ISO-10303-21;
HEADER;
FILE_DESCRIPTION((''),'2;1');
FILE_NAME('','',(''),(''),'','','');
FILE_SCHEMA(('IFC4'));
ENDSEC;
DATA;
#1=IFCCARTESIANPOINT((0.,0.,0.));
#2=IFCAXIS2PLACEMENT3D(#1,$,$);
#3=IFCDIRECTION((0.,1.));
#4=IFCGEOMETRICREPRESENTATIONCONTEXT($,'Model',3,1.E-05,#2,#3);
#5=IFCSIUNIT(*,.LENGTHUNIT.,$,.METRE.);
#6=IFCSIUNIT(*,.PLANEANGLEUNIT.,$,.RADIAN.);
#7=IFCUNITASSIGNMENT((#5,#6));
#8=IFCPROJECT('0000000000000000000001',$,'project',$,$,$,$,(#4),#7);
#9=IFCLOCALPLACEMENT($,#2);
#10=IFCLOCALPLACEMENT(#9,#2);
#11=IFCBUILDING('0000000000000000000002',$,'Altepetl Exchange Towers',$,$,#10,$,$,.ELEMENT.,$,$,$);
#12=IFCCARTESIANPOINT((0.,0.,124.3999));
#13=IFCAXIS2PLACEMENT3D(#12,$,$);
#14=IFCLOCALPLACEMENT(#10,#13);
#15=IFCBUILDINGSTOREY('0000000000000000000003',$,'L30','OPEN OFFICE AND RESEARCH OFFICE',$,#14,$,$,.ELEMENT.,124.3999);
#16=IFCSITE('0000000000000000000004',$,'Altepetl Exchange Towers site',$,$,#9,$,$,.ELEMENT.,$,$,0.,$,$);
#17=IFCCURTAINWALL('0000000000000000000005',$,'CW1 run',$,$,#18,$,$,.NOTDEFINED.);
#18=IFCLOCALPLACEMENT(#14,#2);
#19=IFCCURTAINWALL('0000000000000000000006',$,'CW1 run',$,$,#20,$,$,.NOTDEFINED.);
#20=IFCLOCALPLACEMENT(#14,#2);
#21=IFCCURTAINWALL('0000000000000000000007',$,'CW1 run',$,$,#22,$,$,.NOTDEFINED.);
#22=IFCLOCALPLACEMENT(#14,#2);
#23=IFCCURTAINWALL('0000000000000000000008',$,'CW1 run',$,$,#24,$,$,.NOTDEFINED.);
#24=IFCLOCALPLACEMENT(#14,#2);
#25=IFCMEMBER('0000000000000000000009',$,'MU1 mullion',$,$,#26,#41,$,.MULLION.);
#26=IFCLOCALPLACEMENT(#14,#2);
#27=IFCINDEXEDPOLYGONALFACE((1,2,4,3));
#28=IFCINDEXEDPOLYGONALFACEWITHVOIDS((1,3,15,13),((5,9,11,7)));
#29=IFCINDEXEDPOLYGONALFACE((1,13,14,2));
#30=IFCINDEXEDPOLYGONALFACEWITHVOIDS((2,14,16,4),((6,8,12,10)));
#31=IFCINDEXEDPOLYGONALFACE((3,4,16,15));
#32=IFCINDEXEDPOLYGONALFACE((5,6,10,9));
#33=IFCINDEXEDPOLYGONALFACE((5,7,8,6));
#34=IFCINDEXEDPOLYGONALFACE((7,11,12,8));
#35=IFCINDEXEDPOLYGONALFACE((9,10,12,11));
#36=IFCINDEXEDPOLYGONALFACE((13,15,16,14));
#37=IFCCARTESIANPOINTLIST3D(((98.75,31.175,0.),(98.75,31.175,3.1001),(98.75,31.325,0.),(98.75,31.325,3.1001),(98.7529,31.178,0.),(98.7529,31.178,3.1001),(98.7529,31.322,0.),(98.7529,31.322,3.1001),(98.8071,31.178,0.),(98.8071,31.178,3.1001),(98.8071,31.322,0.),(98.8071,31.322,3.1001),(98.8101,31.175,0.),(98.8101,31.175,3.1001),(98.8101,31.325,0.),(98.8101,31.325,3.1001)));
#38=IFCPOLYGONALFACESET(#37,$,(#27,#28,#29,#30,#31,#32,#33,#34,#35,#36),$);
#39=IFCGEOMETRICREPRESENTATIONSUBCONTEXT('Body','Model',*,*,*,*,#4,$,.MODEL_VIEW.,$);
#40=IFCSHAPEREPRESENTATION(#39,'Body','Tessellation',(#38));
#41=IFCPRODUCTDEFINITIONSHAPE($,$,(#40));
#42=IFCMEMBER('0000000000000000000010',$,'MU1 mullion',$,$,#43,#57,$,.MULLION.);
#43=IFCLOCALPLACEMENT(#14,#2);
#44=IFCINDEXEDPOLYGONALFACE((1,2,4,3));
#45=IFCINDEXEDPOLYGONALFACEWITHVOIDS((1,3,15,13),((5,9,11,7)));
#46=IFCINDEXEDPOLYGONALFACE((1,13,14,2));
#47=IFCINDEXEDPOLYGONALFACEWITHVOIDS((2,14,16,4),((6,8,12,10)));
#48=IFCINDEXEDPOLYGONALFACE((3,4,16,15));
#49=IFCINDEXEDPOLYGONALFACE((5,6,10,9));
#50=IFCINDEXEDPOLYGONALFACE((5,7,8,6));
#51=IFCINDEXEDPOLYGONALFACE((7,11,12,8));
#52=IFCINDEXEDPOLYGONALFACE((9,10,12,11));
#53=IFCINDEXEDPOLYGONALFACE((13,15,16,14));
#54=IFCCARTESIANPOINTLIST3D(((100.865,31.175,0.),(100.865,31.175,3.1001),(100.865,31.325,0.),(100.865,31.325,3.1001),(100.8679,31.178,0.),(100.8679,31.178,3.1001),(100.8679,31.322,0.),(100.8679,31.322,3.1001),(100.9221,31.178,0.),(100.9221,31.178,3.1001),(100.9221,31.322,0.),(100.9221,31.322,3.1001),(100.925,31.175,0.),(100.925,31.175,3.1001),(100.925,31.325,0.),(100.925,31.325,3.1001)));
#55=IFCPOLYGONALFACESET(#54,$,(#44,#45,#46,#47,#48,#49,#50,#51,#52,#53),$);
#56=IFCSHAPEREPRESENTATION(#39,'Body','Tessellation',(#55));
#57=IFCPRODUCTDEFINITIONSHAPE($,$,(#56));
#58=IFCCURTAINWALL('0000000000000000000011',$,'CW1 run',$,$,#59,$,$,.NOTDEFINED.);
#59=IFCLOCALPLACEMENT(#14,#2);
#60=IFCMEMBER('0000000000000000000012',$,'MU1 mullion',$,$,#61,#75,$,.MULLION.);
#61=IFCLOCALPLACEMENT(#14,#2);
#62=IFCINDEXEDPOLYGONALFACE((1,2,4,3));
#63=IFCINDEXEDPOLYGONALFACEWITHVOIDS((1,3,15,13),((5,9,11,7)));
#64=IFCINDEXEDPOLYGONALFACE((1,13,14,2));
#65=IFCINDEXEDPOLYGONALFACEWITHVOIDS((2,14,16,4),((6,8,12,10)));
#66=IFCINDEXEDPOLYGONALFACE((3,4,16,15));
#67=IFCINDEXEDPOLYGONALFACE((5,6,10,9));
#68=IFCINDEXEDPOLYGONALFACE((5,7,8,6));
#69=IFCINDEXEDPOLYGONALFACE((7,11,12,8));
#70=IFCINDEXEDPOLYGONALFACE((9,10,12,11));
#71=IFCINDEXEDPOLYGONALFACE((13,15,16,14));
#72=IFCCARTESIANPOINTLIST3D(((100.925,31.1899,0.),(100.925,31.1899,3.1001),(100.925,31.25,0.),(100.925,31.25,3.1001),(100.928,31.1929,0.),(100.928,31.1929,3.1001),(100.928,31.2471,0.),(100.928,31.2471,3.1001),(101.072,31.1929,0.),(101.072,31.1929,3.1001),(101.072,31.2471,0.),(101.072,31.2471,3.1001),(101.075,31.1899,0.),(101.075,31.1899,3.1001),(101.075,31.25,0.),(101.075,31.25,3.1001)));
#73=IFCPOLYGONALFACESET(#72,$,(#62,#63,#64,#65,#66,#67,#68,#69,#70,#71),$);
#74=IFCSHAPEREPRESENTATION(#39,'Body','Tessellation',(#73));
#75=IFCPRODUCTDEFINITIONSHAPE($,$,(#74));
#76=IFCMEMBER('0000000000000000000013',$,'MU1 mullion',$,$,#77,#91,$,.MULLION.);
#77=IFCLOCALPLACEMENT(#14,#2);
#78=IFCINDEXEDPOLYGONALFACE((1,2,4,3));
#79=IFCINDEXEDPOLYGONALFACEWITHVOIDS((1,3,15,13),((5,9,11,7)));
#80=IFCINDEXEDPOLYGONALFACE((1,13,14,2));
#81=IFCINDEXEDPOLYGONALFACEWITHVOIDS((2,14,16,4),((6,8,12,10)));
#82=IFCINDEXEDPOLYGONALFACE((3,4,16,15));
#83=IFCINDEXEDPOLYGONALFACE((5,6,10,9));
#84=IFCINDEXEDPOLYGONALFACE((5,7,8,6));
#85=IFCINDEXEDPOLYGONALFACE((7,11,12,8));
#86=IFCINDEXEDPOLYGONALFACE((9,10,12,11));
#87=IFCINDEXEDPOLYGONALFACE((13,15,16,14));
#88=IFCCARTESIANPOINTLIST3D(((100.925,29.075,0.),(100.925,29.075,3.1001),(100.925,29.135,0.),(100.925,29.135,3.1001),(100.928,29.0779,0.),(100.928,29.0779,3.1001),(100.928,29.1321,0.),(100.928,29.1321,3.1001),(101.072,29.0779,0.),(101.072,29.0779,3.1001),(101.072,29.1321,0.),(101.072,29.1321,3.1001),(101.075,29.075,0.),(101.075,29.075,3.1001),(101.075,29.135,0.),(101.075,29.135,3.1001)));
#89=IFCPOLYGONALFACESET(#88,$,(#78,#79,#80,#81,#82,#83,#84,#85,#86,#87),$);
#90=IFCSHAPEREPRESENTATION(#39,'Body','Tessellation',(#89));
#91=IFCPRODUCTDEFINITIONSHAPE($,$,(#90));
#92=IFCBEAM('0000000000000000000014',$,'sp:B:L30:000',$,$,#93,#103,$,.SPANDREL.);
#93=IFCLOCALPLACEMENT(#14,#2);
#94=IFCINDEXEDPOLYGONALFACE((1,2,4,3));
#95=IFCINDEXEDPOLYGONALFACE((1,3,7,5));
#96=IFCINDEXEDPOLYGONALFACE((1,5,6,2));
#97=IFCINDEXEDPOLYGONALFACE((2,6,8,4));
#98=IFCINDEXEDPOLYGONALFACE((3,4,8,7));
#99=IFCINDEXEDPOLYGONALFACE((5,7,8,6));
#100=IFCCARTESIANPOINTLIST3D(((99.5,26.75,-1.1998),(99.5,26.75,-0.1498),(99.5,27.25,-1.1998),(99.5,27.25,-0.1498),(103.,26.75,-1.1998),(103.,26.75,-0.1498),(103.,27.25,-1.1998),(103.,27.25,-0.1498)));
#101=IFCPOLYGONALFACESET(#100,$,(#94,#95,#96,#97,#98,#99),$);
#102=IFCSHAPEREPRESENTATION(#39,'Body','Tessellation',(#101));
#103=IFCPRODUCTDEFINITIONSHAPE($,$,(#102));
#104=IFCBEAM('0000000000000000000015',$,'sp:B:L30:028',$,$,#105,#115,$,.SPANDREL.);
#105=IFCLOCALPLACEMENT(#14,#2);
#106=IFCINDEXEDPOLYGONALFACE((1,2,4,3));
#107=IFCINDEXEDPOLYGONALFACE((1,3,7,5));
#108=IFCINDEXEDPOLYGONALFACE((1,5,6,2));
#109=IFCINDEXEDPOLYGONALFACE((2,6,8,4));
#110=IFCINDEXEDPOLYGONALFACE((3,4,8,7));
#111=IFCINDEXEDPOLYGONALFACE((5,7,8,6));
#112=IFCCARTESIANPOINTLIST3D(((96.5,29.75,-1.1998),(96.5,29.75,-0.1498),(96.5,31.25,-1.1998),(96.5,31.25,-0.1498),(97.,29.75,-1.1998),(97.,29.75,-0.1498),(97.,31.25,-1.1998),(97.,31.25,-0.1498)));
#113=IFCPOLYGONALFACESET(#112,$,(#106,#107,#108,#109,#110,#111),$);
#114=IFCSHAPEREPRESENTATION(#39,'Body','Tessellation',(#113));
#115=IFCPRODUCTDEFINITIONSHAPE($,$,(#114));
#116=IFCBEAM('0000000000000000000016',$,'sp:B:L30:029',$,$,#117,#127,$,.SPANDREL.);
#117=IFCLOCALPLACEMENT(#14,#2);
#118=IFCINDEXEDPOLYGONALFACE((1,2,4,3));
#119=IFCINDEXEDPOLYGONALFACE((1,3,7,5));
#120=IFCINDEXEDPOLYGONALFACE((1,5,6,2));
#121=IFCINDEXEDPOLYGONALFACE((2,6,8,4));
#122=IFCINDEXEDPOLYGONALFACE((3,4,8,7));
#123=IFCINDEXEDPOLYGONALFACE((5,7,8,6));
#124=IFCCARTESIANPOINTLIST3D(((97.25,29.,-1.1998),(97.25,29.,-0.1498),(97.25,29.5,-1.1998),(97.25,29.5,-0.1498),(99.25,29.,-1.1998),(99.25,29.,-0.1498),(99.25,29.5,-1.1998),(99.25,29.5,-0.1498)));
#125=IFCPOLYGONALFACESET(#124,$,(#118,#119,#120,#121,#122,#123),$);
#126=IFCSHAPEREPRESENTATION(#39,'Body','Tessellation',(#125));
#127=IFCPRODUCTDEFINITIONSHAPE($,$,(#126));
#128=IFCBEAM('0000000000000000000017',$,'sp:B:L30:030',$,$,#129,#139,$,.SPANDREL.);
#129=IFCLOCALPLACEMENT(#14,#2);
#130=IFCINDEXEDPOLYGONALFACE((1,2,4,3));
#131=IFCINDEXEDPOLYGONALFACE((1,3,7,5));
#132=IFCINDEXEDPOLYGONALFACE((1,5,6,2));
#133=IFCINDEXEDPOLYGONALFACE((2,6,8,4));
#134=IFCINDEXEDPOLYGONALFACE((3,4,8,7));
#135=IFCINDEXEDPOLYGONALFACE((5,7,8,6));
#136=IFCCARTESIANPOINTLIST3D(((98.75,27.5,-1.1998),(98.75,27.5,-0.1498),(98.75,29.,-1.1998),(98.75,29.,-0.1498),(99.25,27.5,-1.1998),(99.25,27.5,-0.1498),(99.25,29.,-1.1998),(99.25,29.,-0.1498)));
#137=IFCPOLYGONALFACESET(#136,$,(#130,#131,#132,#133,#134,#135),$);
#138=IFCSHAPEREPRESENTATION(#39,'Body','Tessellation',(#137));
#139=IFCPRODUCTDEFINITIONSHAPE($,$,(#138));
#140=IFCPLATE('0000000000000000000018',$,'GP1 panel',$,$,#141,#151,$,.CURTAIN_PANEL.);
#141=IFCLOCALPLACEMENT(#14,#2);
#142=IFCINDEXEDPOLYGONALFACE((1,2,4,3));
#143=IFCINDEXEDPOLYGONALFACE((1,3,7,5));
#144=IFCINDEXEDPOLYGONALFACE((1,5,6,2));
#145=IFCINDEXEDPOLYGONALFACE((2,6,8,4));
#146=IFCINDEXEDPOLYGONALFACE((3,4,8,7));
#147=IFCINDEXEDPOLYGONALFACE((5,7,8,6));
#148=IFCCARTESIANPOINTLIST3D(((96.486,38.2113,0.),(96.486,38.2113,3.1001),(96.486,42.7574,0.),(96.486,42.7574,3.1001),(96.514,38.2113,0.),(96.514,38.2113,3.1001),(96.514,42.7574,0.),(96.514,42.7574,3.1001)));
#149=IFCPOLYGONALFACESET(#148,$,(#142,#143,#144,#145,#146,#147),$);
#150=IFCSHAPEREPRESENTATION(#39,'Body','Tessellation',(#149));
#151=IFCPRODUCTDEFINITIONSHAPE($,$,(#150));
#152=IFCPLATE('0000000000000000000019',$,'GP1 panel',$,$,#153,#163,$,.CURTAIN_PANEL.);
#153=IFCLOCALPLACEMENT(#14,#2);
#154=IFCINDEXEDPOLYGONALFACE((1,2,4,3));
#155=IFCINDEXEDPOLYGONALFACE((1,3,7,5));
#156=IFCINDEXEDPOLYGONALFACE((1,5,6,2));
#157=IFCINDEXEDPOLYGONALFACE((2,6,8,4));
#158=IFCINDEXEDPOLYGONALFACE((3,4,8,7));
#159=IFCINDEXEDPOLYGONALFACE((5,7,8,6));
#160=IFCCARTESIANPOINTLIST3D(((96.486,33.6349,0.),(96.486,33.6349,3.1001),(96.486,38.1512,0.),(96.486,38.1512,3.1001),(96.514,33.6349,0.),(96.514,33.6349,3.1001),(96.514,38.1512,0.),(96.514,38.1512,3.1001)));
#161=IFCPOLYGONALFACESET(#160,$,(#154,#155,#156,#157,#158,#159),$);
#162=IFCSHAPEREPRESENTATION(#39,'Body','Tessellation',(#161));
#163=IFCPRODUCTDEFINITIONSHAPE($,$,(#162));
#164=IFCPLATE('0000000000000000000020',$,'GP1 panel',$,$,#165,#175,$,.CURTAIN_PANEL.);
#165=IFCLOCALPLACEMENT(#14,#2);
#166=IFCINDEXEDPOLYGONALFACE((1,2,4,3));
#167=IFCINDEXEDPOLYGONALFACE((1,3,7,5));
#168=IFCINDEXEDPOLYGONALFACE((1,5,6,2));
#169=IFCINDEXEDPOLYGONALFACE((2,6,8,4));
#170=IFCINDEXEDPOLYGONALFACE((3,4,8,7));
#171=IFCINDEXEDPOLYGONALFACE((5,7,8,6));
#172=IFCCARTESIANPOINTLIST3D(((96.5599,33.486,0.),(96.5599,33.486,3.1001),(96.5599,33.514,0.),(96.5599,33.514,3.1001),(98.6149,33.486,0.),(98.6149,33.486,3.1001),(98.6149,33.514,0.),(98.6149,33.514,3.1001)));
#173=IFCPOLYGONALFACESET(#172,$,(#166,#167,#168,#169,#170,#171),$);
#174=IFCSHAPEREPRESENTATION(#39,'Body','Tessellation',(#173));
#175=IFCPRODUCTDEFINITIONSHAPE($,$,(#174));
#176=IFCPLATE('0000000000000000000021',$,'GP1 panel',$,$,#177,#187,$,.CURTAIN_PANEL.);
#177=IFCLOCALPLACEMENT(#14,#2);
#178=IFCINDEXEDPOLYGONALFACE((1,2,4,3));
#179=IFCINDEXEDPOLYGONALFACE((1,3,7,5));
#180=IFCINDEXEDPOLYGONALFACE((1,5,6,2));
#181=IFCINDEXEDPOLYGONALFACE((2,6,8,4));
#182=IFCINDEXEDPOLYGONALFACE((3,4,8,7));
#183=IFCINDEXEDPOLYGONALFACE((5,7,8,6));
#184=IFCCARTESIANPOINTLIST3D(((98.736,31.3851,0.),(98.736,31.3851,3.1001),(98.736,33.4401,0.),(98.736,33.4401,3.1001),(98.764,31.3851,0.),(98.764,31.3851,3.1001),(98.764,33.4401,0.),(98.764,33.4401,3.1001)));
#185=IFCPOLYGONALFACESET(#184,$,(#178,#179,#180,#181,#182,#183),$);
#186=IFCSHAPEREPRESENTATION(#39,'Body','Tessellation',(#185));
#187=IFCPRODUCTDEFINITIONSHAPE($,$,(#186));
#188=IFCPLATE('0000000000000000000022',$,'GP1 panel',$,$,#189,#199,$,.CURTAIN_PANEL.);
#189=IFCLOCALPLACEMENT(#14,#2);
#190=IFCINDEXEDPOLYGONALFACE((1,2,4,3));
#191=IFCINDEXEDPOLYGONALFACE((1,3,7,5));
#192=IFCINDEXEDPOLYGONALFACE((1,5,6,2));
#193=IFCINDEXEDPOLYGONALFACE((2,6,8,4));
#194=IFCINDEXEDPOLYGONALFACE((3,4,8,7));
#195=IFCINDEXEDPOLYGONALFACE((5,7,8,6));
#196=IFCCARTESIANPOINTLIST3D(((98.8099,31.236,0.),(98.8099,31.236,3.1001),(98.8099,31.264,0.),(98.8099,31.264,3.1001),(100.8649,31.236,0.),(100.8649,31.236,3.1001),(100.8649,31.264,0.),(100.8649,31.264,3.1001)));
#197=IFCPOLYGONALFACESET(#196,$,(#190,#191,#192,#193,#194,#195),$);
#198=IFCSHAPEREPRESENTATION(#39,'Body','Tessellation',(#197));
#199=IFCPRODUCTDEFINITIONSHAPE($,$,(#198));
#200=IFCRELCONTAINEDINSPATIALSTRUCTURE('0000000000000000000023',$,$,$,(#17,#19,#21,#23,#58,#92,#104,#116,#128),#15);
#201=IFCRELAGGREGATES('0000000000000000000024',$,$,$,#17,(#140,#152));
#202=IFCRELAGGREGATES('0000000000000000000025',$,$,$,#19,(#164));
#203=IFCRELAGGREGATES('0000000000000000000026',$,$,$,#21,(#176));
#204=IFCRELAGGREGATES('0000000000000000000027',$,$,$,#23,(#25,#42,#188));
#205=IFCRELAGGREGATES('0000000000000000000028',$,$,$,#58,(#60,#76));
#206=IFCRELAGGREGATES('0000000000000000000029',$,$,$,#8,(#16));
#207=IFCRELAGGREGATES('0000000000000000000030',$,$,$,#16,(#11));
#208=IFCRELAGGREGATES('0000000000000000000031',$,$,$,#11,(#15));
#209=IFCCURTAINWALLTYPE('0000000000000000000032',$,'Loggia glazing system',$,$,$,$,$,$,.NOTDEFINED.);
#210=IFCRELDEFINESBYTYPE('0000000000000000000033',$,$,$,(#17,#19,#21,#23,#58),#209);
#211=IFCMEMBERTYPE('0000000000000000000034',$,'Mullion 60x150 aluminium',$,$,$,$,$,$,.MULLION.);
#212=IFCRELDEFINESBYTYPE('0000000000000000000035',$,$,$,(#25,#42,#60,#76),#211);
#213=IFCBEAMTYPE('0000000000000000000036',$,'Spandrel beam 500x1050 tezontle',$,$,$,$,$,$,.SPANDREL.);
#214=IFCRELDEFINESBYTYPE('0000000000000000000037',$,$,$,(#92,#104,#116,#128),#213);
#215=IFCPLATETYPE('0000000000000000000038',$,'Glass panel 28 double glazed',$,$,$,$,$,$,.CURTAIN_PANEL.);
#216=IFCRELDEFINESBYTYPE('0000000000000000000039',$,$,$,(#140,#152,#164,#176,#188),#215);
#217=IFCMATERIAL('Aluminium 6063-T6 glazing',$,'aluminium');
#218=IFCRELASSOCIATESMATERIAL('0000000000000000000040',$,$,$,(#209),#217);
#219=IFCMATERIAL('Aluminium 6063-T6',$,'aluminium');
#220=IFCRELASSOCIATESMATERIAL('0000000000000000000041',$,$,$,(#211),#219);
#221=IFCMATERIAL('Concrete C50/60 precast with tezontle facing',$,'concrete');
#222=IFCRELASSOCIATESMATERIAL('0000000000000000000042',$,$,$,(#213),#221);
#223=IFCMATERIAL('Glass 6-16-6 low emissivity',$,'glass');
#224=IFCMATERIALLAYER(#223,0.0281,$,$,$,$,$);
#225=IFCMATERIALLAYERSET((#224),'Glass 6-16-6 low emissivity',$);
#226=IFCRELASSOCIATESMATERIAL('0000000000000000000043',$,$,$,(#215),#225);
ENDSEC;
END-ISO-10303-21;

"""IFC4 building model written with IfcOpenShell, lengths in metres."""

from ifc_helpers import new_model, si_unit, direction, frame, origin, origin_2d, place, context, subcontext, project, spatial, rectangle, hollow_rectangle, extrude, material, layer, layer_set, material_profile, profile_set, type_object, element, aggregate, save


model = new_model("IFC4")

# Units and contexts
model_context = context("Model", 3, precision=1e-05, world=origin(), true_north=direction((0.0, 1.0)))
body_context = subcontext(model_context, "Body", "Model", "MODEL_VIEW")
ifc_project = project(units=[si_unit("LENGTHUNIT", "METRE"), si_unit("PLANEANGLEUNIT", "RADIAN")], contexts=[model_context])

# Site, building, storey
site_placement = place(None, origin())
site = spatial("IfcSite", under=ifc_project, at=site_placement, Name="Altepetl Exchange Towers site", CompositionType="ELEMENT", RefElevation=0.0)
building_placement = place(site_placement, origin())
building = spatial("IfcBuilding", under=site, at=building_placement, Name="Altepetl Exchange Towers", CompositionType="ELEMENT")
storey_placement = place(building_placement, frame((0.0, 0.0, 124.3999)))
storey = spatial("IfcBuildingStorey", under=building, at=storey_placement, Name="L30", Description="OPEN OFFICE AND RESEARCH OFFICE", CompositionType="ELEMENT", Elevation=124.3999)

# Curtain walls, members
ifc_material_1 = material(Name="Aluminium 6063-T6 glazing", Category="aluminium")
curtain_wall_type = type_object("IfcCurtainWallType", Name="Loggia glazing system", PredefinedType="NOTDEFINED", material=ifc_material_1)
curtain_wall_1_placement = place(storey_placement, origin())
curtain_wall_1 = element("IfcCurtainWall", 1, at=curtain_wall_1_placement, inside=storey, type_object=curtain_wall_type, Name="CW1 run", PredefinedType="NOTDEFINED")
ifc_material_2 = material(Name="Aluminium 6063-T6", Category="aluminium")
ifc_material_profile_1 = material_profile(ifc_material_2, hollow_rectangle(XDim=0.0601, YDim=0.1499, WallThickness=0.0029, at=origin_2d()), Name="Mullion 60x150 aluminium")
ifc_profile_set_1 = profile_set([ifc_material_profile_1], Name="Aluminium 6063-T6")
member_type = type_object("IfcMemberType", Name="Mullion 60x150 aluminium", PredefinedType="MULLION", material=ifc_profile_set_1)
curtain_wall_2_placement = place(storey_placement, origin())
curtain_wall_2 = element("IfcCurtainWall", 2, at=curtain_wall_2_placement, inside=storey, type_object=curtain_wall_type, Name="CW1 run", PredefinedType="NOTDEFINED")
curtain_wall_3_placement = place(storey_placement, origin())
curtain_wall_3 = element("IfcCurtainWall", 3, at=curtain_wall_3_placement, inside=storey, type_object=curtain_wall_type, Name="CW1 run", PredefinedType="NOTDEFINED")
curtain_wall_4_placement = place(storey_placement, origin())
curtain_wall_4 = element("IfcCurtainWall", 4, at=curtain_wall_4_placement, inside=storey, type_object=curtain_wall_type, Name="CW1 run", PredefinedType="NOTDEFINED")
member_1_placement = place(storey_placement, frame((98.78, 31.25, 0.0)))
member_1 = element("IfcMember", 5, at=member_1_placement, type_object=member_type, Name="MU1 mullion", PredefinedType="MULLION", context=body_context, shape_type="SweptSolid", body=[
    extrude(hollow_rectangle(XDim=0.0601, YDim=0.1499, WallThickness=0.0029, at=origin_2d()), origin(), (0.0, 0.0, 1.0), 3.1001),
])
member_2_placement = place(storey_placement, frame((100.895, 31.25, 0.0)))
member_2 = element("IfcMember", 6, at=member_2_placement, type_object=member_type, Name="MU1 mullion", PredefinedType="MULLION", context=body_context, shape_type="SweptSolid", body=[
    extrude(hollow_rectangle(XDim=0.0601, YDim=0.1499, WallThickness=0.0029, at=origin_2d()), origin(), (0.0, 0.0, 1.0), 3.1001),
])
curtain_wall_5_placement = place(storey_placement, origin())
curtain_wall_5 = element("IfcCurtainWall", 7, at=curtain_wall_5_placement, inside=storey, type_object=curtain_wall_type, Name="CW1 run", PredefinedType="NOTDEFINED")
member_3_placement = place(storey_placement, frame((101.0, 31.22, 0.0), z_axis=(0.0, 0.0, 1.0), x_axis=(0.0, -1.0, 0.0)))
member_3 = element("IfcMember", 8, at=member_3_placement, type_object=member_type, Name="MU1 mullion", PredefinedType="MULLION", context=body_context, shape_type="SweptSolid", body=[
    extrude(hollow_rectangle(XDim=0.0601, YDim=0.1499, WallThickness=0.0029, at=origin_2d()), origin(), (0.0, 0.0, 1.0), 3.1001),
])
member_4_placement = place(storey_placement, frame((101.0, 29.105, 0.0), z_axis=(0.0, 0.0, 1.0), x_axis=(0.0, -1.0, 0.0)))
member_4 = element("IfcMember", 9, at=member_4_placement, type_object=member_type, Name="MU1 mullion", PredefinedType="MULLION", context=body_context, shape_type="SweptSolid", body=[
    extrude(hollow_rectangle(XDim=0.0601, YDim=0.1499, WallThickness=0.0029, at=origin_2d()), origin(), (0.0, 0.0, 1.0), 3.1001),
])

# Beams
ifc_material_3 = material(Name="Concrete C50/60 precast with tezontle facing", Category="concrete")
ifc_material_profile_2 = material_profile(ifc_material_3, rectangle(XDim=0.5, YDim=1.05, at=origin_2d()), Name="500 x 1050")
ifc_profile_set_2 = profile_set([ifc_material_profile_2], Name="Concrete C50/60 precast with tezontle facing")
beam_type_1 = type_object("IfcBeamType", Name="Spandrel beam 500x1050 tezontle", PredefinedType="SPANDREL", material=ifc_profile_set_2)
beam_1_placement = place(storey_placement, frame((99.5, 27.0, -0.6748), z_axis=(1.0, 0.0, 0.0), x_axis=(0.0, 1.0, 0.0)))
element("IfcBeam", 10, at=beam_1_placement, inside=storey, type_object=beam_type_1, Name="sp:B:L30:000", PredefinedType="SPANDREL", context=body_context, shape_type="SweptSolid", body=[
    extrude(rectangle(XDim=0.5, YDim=1.05, at=origin_2d()), origin(), (0.0, 0.0, 1.0), 3.5),
])
beam_2_placement = place(storey_placement, frame((96.75, 31.25, -0.6748), z_axis=(0.0, -1.0, 0.0), x_axis=(1.0, 0.0, 0.0)))
element("IfcBeam", 11, at=beam_2_placement, inside=storey, type_object=beam_type_1, Name="sp:B:L30:028", PredefinedType="SPANDREL", context=body_context, shape_type="SweptSolid", body=[
    extrude(rectangle(XDim=0.5, YDim=1.05, at=origin_2d()), origin(), (0.0, 0.0, 1.0), 1.5),
])
beam_3_placement = place(storey_placement, frame((97.25, 29.25, -0.6748), z_axis=(1.0, 0.0, 0.0), x_axis=(0.0, 1.0, 0.0)))
element("IfcBeam", 12, at=beam_3_placement, inside=storey, type_object=beam_type_1, Name="sp:B:L30:029", PredefinedType="SPANDREL", context=body_context, shape_type="SweptSolid", body=[
    extrude(rectangle(XDim=0.5, YDim=1.05, at=origin_2d()), origin(), (0.0, 0.0, 1.0), 2.0),
])
beam_4_placement = place(storey_placement, frame((99.0, 29.0, -0.6748), z_axis=(0.0, -1.0, 0.0), x_axis=(1.0, 0.0, 0.0)))
element("IfcBeam", 13, at=beam_4_placement, inside=storey, type_object=beam_type_1, Name="sp:B:L30:030", PredefinedType="SPANDREL", context=body_context, shape_type="SweptSolid", body=[
    extrude(rectangle(XDim=0.5, YDim=1.05, at=origin_2d()), origin(), (0.0, 0.0, 1.0), 1.5),
])

# Plates
ifc_material_4 = material(Name="Glass 6-16-6 low emissivity", Category="glass")
ifc_layer_1 = layer(ifc_material_4, 0.0281)
ifc_layer_set_1 = layer_set([ifc_layer_1], Name="Glass 6-16-6 low emissivity")
plate_type = type_object("IfcPlateType", Name="Glass panel 28 double glazed", PredefinedType="CURTAIN_PANEL", material=ifc_layer_set_1)
plate_1_placement = place(storey_placement, frame((96.5, 40.4844, 0.0), z_axis=(0.0, 0.0, 1.0), x_axis=(0.0, -1.0, 0.0)))
plate_1 = element("IfcPlate", 14, at=plate_1_placement, type_object=plate_type, Name="GP1 panel", PredefinedType="CURTAIN_PANEL", context=body_context, shape_type="SweptSolid", body=[
    extrude(rectangle(XDim=4.5461, YDim=0.0281, at=origin_2d()), origin(), (0.0, 0.0, 1.0), 3.1001),
])
plate_2_placement = place(storey_placement, frame((96.5, 35.8931, 0.0), z_axis=(0.0, 0.0, 1.0), x_axis=(0.0, -1.0, 0.0)))
plate_2 = element("IfcPlate", 15, at=plate_2_placement, type_object=plate_type, Name="GP1 panel", PredefinedType="CURTAIN_PANEL", context=body_context, shape_type="SweptSolid", body=[
    extrude(rectangle(XDim=4.5164, YDim=0.0281, at=origin_2d()), origin(), (0.0, 0.0, 1.0), 3.1001),
])
aggregate(curtain_wall_1, [plate_1, plate_2])
plate_3_placement = place(storey_placement, frame((97.5874, 33.5, 0.0)))
plate_3 = element("IfcPlate", 16, at=plate_3_placement, type_object=plate_type, Name="GP1 panel", PredefinedType="CURTAIN_PANEL", context=body_context, shape_type="SweptSolid", body=[
    extrude(rectangle(XDim=2.0549, YDim=0.0281, at=origin_2d()), origin(), (0.0, 0.0, 1.0), 3.1001),
])
aggregate(curtain_wall_2, [plate_3])
plate_4_placement = place(storey_placement, frame((98.75, 32.4126, 0.0), z_axis=(0.0, 0.0, 1.0), x_axis=(0.0, -1.0, 0.0)))
plate_4 = element("IfcPlate", 17, at=plate_4_placement, type_object=plate_type, Name="GP1 panel", PredefinedType="CURTAIN_PANEL", context=body_context, shape_type="SweptSolid", body=[
    extrude(rectangle(XDim=2.0549, YDim=0.0281, at=origin_2d()), origin(), (0.0, 0.0, 1.0), 3.1001),
])
aggregate(curtain_wall_3, [plate_4])
plate_5_placement = place(storey_placement, frame((99.8374, 31.25, 0.0)))
plate_5 = element("IfcPlate", 18, at=plate_5_placement, type_object=plate_type, Name="GP1 panel", PredefinedType="CURTAIN_PANEL", context=body_context, shape_type="SweptSolid", body=[
    extrude(rectangle(XDim=2.0549, YDim=0.0281, at=origin_2d()), origin(), (0.0, 0.0, 1.0), 3.1001),
])
aggregate(curtain_wall_4, [member_1, member_2, plate_5])
aggregate(curtain_wall_5, [member_3, member_4])

save(model, "model.ifc")
